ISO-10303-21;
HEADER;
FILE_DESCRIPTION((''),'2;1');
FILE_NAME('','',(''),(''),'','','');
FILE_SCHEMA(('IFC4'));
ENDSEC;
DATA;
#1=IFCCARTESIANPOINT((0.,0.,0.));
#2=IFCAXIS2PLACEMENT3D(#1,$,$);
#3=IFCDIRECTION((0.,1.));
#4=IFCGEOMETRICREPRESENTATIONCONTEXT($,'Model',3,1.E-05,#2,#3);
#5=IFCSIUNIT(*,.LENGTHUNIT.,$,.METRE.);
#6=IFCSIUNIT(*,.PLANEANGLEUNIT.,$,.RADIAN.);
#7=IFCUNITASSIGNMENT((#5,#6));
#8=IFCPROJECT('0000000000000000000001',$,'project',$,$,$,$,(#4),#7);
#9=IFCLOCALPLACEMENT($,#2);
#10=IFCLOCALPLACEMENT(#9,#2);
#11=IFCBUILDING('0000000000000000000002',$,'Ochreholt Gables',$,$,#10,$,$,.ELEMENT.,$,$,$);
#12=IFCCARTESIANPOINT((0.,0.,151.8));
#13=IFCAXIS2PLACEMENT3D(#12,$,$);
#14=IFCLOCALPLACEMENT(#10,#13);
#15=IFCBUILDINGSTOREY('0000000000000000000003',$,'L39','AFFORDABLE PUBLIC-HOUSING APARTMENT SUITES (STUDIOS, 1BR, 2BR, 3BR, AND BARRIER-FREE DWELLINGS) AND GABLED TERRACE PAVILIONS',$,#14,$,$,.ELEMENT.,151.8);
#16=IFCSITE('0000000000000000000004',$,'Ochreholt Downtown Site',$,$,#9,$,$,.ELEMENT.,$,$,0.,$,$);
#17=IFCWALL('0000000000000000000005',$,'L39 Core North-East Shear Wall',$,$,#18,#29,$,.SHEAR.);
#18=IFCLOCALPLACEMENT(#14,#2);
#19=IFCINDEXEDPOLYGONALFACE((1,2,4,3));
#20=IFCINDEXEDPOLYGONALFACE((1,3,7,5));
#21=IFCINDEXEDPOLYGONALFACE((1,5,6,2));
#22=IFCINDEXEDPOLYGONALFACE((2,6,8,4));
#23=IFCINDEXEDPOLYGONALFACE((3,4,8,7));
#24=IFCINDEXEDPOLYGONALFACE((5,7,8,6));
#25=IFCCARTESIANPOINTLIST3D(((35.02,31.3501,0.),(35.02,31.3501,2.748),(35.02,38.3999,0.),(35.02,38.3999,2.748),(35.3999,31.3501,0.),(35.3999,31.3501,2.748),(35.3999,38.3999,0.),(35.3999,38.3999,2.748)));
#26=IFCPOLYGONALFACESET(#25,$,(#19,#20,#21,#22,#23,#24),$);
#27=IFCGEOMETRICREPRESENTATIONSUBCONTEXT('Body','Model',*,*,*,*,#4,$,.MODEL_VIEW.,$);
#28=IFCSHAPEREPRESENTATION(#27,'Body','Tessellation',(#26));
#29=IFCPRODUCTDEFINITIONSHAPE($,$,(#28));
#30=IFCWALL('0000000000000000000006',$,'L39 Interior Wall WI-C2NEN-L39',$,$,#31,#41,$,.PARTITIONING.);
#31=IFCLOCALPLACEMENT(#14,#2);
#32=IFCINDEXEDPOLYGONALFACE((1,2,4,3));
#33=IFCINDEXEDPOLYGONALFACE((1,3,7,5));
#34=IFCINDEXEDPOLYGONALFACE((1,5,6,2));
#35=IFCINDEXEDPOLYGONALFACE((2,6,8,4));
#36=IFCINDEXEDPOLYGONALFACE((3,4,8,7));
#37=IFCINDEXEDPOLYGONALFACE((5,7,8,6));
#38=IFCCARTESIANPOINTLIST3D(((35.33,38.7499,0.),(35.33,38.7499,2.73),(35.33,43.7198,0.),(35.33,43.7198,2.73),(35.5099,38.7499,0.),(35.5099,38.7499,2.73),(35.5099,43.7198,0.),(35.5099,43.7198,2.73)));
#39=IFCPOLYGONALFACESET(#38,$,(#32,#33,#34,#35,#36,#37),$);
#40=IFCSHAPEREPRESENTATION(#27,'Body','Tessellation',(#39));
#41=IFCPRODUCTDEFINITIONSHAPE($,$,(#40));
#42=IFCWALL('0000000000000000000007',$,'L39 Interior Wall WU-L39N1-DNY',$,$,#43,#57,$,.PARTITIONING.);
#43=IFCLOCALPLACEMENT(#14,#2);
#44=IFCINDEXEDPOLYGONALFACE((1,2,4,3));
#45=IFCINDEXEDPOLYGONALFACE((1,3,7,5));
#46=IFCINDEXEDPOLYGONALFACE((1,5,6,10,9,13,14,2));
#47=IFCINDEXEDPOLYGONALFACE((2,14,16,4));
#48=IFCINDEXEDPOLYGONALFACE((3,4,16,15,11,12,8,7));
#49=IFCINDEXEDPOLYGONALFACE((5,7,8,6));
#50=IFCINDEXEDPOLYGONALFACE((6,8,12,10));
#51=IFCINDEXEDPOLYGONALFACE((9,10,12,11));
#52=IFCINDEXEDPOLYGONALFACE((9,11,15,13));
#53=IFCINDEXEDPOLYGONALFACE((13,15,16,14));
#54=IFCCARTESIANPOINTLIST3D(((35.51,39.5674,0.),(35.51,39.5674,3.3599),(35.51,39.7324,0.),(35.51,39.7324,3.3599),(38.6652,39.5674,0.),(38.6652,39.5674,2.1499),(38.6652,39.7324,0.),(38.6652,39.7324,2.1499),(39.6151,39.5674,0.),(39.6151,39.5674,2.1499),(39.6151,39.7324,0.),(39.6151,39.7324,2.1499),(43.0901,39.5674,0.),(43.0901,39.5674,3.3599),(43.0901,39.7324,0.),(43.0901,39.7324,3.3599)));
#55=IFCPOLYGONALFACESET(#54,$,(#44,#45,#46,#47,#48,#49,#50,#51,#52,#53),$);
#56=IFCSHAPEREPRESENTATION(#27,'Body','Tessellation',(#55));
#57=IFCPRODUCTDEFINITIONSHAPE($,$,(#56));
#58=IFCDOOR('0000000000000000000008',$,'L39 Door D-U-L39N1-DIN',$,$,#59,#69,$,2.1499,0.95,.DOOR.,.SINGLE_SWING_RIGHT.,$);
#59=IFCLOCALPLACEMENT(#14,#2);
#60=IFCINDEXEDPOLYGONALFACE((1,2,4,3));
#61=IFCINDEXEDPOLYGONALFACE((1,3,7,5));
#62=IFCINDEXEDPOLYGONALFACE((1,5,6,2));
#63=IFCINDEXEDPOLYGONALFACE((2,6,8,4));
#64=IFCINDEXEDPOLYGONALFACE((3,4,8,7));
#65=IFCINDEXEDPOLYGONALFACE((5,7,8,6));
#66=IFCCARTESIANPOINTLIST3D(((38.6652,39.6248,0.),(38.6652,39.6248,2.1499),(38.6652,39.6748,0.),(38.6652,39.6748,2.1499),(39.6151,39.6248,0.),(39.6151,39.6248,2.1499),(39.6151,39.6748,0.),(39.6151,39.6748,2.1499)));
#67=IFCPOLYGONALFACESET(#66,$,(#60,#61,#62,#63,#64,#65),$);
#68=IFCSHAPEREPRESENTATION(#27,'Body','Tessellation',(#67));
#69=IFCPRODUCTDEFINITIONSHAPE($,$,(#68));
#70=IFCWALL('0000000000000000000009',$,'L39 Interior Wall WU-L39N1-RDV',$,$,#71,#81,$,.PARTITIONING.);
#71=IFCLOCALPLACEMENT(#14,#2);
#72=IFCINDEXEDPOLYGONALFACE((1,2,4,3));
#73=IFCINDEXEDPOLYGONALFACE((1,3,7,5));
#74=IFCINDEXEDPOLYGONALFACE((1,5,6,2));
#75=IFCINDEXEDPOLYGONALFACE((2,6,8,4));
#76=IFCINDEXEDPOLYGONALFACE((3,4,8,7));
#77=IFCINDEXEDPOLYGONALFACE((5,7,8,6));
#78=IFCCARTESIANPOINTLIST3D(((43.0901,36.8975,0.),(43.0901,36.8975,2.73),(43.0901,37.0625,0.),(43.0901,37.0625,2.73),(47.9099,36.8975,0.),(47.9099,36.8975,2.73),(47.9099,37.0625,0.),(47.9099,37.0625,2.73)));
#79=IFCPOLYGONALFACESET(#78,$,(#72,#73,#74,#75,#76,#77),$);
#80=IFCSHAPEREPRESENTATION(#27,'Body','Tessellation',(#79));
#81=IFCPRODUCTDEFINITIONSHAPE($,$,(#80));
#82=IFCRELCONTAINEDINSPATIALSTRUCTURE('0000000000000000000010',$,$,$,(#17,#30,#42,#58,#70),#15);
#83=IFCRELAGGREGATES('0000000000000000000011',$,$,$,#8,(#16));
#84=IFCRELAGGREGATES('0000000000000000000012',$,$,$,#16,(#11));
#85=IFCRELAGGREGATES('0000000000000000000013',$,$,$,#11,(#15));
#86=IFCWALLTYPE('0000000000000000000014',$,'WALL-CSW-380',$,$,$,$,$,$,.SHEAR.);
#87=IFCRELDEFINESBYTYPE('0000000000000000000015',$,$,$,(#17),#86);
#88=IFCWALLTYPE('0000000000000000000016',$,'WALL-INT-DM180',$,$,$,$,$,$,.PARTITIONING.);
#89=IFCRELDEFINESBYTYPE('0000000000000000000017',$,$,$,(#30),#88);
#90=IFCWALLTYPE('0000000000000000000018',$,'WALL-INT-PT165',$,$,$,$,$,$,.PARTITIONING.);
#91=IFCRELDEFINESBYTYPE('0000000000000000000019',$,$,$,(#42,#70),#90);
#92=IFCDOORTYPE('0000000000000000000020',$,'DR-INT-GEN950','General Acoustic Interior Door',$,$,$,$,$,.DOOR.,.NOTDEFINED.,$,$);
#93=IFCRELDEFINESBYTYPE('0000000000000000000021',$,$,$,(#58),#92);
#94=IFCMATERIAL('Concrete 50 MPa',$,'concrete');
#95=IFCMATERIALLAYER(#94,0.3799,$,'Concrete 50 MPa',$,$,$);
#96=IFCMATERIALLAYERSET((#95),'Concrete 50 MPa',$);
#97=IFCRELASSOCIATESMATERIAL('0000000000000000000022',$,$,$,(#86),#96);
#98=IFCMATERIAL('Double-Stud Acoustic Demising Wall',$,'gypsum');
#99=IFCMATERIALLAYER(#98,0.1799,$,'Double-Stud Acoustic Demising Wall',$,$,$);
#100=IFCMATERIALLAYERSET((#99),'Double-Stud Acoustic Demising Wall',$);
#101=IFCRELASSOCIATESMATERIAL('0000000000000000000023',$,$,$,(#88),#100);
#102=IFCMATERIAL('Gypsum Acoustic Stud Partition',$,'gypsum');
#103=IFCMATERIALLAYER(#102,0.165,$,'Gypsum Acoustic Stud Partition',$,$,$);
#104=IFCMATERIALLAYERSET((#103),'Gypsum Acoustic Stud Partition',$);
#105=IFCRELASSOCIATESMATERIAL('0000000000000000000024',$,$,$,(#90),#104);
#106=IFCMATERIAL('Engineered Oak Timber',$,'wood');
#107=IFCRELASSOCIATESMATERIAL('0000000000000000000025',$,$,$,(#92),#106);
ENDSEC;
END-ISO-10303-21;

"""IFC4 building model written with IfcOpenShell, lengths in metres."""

from ifc_helpers import new_model, si_unit, direction, frame, frame_2d, origin, place, context, subcontext, project, spatial, rectangle, extrude, material, layer, layer_set, type_object, element, fill, save


model = new_model("IFC4")

# Units and contexts
model_context = context("Model", 3, precision=1e-05, world=origin(), true_north=direction((0.0, 1.0)))
body_context = subcontext(model_context, "Body", "Model", "MODEL_VIEW")
ifc_project = project(units=[si_unit("LENGTHUNIT", "METRE"), si_unit("PLANEANGLEUNIT", "RADIAN")], contexts=[model_context])

# Site, building, storey
site_placement = place(None, origin())
site = spatial("IfcSite", under=ifc_project, at=site_placement, Name="Ochreholt Downtown Site", CompositionType="ELEMENT", RefElevation=0.0)
building_placement = place(site_placement, origin())
building = spatial("IfcBuilding", under=site, at=building_placement, Name="Ochreholt Gables", CompositionType="ELEMENT")
storey_placement = place(building_placement, frame((0.0, 0.0, 151.8)))
storey = spatial("IfcBuildingStorey", under=building, at=storey_placement, Name="L39", Description="AFFORDABLE PUBLIC-HOUSING APARTMENT SUITES (STUDIOS, 1BR, 2BR, 3BR, AND BARRIER-FREE DWELLINGS) AND GABLED TERRACE PAVILIONS", CompositionType="ELEMENT", Elevation=151.8)

# Shared definitions
ifc_material_1 = material(Name="Concrete 50 MPa", Category="concrete")

# Walls
ifc_layer_1 = layer(ifc_material_1, 0.3799, Name="Concrete 50 MPa")
ifc_layer_set_1 = layer_set([ifc_layer_1], Name="Concrete 50 MPa")
wall_type_1 = type_object("IfcWallType", Name="WALL-CSW-380", PredefinedType="SHEAR", material=ifc_layer_set_1)
wall_1_placement = place(storey_placement, frame((35.21, 31.3501, 0.0), z_axis=(0.0, 0.0, 1.0), x_axis=(0.0, 1.0, 0.0)))
element("IfcWall", 1, at=wall_1_placement, inside=storey, type_object=wall_type_1, Name="L39 Core North-East Shear Wall", PredefinedType="SHEAR", context=body_context, shape_type="SweptSolid", body=[
    extrude(rectangle(XDim=7.0498, YDim=0.3799, at=frame_2d((3.5249, 0.0))), origin(), (0.0, 0.0, 1.0), 2.748),
])
ifc_material_2 = material(Name="Double-Stud Acoustic Demising Wall", Category="gypsum")
ifc_layer_2 = layer(ifc_material_2, 0.1799, Name="Double-Stud Acoustic Demising Wall")
ifc_layer_set_2 = layer_set([ifc_layer_2], Name="Double-Stud Acoustic Demising Wall")
wall_type_2 = type_object("IfcWallType", Name="WALL-INT-DM180", PredefinedType="PARTITIONING", material=ifc_layer_set_2)
wall_2_placement = place(storey_placement, frame((35.4199, 38.75, 0.0), z_axis=(0.0, 0.0, 1.0), x_axis=(0.0, 1.0, 0.0)))
element("IfcWall", 2, at=wall_2_placement, inside=storey, type_object=wall_type_2, Name="L39 Interior Wall WI-C2NEN-L39", PredefinedType="PARTITIONING", context=body_context, shape_type="SweptSolid", body=[
    extrude(rectangle(XDim=4.97, YDim=0.1799, at=frame_2d((2.4849, 0.0))), origin(), (0.0, 0.0, 1.0), 2.73),
])

# Shared definitions
ifc_material_3 = material(Name="Engineered Oak Timber", Category="wood")

# Wall, opening, door
ifc_material_4 = material(Name="Gypsum Acoustic Stud Partition", Category="gypsum")
ifc_layer_3 = layer(ifc_material_4, 0.165, Name="Gypsum Acoustic Stud Partition")
ifc_layer_set_3 = layer_set([ifc_layer_3], Name="Gypsum Acoustic Stud Partition")
wall_type_3 = type_object("IfcWallType", Name="WALL-INT-PT165", PredefinedType="PARTITIONING", material=ifc_layer_set_3)
wall_3_placement = place(storey_placement, frame((35.51, 39.6499, 0.0), z_axis=(0.0, 0.0, 1.0), x_axis=(1.0, 0.0, 0.0)))
wall_3 = element("IfcWall", 3, at=wall_3_placement, inside=storey, type_object=wall_type_3, Name="L39 Interior Wall WU-L39N1-DNY", PredefinedType="PARTITIONING", context=body_context, shape_type="SweptSolid", body=[
    extrude(rectangle(XDim=7.5801, YDim=0.165, at=frame_2d((3.79, 0.0))), origin(), (0.0, 0.0, 1.0), 3.3599),
])
opening_1_placement = place(wall_3_placement, frame((3.155, 0.0, 0.0)))
opening_1 = element("IfcOpeningElement", 4, at=opening_1_placement, cuts=wall_3, PredefinedType="OPENING", context=body_context, shape_type="SweptSolid", body=[
    extrude(rectangle(XDim=0.95, YDim=2.1499, at=frame_2d((0.4751, 1.075))), frame((0.0, 0.0925, 0.0), z_axis=(0.0, -1.0, 0.0), x_axis=(1.0, 0.0, 0.0)), (0.0, 0.0, 1.0), 0.1851),
])
door_type_1 = type_object("IfcDoorType", Name="DR-INT-GEN950", Description="General Acoustic Interior Door", OperationType="NOTDEFINED", PredefinedType="DOOR", material=ifc_material_3)
door_1_placement = place(opening_1_placement, origin())
door_1 = element("IfcDoor", 5, at=door_1_placement, inside=storey, type_object=door_type_1, Name="L39 Door D-U-L39N1-DIN", OperationType="SINGLE_SWING_RIGHT", OverallHeight=2.1499, OverallWidth=0.95, PredefinedType="DOOR", context=body_context, shape_type="SweptSolid", body=[
    extrude(rectangle(XDim=0.95, YDim=2.1499, at=frame_2d((0.4751, 1.075))), frame((0.0, 0.0249, 0.0), z_axis=(0.0, -1.0, 0.0), x_axis=(1.0, 0.0, 0.0)), (0.0, 0.0, 1.0), 0.05),
])
fill(opening_1, door_1)

# Wall
wall_4_placement = place(storey_placement, frame((43.0901, 36.98, 0.0), z_axis=(0.0, 0.0, 1.0), x_axis=(1.0, 0.0, 0.0)))
element("IfcWall", 6, at=wall_4_placement, inside=storey, type_object=wall_type_3, Name="L39 Interior Wall WU-L39N1-RDV", PredefinedType="PARTITIONING", context=body_context, shape_type="SweptSolid", body=[
    extrude(rectangle(XDim=4.8198, YDim=0.165, at=frame_2d((2.4099, 0.0))), origin(), (0.0, 0.0, 1.0), 2.73),
])

save(model, "model.ifc")
